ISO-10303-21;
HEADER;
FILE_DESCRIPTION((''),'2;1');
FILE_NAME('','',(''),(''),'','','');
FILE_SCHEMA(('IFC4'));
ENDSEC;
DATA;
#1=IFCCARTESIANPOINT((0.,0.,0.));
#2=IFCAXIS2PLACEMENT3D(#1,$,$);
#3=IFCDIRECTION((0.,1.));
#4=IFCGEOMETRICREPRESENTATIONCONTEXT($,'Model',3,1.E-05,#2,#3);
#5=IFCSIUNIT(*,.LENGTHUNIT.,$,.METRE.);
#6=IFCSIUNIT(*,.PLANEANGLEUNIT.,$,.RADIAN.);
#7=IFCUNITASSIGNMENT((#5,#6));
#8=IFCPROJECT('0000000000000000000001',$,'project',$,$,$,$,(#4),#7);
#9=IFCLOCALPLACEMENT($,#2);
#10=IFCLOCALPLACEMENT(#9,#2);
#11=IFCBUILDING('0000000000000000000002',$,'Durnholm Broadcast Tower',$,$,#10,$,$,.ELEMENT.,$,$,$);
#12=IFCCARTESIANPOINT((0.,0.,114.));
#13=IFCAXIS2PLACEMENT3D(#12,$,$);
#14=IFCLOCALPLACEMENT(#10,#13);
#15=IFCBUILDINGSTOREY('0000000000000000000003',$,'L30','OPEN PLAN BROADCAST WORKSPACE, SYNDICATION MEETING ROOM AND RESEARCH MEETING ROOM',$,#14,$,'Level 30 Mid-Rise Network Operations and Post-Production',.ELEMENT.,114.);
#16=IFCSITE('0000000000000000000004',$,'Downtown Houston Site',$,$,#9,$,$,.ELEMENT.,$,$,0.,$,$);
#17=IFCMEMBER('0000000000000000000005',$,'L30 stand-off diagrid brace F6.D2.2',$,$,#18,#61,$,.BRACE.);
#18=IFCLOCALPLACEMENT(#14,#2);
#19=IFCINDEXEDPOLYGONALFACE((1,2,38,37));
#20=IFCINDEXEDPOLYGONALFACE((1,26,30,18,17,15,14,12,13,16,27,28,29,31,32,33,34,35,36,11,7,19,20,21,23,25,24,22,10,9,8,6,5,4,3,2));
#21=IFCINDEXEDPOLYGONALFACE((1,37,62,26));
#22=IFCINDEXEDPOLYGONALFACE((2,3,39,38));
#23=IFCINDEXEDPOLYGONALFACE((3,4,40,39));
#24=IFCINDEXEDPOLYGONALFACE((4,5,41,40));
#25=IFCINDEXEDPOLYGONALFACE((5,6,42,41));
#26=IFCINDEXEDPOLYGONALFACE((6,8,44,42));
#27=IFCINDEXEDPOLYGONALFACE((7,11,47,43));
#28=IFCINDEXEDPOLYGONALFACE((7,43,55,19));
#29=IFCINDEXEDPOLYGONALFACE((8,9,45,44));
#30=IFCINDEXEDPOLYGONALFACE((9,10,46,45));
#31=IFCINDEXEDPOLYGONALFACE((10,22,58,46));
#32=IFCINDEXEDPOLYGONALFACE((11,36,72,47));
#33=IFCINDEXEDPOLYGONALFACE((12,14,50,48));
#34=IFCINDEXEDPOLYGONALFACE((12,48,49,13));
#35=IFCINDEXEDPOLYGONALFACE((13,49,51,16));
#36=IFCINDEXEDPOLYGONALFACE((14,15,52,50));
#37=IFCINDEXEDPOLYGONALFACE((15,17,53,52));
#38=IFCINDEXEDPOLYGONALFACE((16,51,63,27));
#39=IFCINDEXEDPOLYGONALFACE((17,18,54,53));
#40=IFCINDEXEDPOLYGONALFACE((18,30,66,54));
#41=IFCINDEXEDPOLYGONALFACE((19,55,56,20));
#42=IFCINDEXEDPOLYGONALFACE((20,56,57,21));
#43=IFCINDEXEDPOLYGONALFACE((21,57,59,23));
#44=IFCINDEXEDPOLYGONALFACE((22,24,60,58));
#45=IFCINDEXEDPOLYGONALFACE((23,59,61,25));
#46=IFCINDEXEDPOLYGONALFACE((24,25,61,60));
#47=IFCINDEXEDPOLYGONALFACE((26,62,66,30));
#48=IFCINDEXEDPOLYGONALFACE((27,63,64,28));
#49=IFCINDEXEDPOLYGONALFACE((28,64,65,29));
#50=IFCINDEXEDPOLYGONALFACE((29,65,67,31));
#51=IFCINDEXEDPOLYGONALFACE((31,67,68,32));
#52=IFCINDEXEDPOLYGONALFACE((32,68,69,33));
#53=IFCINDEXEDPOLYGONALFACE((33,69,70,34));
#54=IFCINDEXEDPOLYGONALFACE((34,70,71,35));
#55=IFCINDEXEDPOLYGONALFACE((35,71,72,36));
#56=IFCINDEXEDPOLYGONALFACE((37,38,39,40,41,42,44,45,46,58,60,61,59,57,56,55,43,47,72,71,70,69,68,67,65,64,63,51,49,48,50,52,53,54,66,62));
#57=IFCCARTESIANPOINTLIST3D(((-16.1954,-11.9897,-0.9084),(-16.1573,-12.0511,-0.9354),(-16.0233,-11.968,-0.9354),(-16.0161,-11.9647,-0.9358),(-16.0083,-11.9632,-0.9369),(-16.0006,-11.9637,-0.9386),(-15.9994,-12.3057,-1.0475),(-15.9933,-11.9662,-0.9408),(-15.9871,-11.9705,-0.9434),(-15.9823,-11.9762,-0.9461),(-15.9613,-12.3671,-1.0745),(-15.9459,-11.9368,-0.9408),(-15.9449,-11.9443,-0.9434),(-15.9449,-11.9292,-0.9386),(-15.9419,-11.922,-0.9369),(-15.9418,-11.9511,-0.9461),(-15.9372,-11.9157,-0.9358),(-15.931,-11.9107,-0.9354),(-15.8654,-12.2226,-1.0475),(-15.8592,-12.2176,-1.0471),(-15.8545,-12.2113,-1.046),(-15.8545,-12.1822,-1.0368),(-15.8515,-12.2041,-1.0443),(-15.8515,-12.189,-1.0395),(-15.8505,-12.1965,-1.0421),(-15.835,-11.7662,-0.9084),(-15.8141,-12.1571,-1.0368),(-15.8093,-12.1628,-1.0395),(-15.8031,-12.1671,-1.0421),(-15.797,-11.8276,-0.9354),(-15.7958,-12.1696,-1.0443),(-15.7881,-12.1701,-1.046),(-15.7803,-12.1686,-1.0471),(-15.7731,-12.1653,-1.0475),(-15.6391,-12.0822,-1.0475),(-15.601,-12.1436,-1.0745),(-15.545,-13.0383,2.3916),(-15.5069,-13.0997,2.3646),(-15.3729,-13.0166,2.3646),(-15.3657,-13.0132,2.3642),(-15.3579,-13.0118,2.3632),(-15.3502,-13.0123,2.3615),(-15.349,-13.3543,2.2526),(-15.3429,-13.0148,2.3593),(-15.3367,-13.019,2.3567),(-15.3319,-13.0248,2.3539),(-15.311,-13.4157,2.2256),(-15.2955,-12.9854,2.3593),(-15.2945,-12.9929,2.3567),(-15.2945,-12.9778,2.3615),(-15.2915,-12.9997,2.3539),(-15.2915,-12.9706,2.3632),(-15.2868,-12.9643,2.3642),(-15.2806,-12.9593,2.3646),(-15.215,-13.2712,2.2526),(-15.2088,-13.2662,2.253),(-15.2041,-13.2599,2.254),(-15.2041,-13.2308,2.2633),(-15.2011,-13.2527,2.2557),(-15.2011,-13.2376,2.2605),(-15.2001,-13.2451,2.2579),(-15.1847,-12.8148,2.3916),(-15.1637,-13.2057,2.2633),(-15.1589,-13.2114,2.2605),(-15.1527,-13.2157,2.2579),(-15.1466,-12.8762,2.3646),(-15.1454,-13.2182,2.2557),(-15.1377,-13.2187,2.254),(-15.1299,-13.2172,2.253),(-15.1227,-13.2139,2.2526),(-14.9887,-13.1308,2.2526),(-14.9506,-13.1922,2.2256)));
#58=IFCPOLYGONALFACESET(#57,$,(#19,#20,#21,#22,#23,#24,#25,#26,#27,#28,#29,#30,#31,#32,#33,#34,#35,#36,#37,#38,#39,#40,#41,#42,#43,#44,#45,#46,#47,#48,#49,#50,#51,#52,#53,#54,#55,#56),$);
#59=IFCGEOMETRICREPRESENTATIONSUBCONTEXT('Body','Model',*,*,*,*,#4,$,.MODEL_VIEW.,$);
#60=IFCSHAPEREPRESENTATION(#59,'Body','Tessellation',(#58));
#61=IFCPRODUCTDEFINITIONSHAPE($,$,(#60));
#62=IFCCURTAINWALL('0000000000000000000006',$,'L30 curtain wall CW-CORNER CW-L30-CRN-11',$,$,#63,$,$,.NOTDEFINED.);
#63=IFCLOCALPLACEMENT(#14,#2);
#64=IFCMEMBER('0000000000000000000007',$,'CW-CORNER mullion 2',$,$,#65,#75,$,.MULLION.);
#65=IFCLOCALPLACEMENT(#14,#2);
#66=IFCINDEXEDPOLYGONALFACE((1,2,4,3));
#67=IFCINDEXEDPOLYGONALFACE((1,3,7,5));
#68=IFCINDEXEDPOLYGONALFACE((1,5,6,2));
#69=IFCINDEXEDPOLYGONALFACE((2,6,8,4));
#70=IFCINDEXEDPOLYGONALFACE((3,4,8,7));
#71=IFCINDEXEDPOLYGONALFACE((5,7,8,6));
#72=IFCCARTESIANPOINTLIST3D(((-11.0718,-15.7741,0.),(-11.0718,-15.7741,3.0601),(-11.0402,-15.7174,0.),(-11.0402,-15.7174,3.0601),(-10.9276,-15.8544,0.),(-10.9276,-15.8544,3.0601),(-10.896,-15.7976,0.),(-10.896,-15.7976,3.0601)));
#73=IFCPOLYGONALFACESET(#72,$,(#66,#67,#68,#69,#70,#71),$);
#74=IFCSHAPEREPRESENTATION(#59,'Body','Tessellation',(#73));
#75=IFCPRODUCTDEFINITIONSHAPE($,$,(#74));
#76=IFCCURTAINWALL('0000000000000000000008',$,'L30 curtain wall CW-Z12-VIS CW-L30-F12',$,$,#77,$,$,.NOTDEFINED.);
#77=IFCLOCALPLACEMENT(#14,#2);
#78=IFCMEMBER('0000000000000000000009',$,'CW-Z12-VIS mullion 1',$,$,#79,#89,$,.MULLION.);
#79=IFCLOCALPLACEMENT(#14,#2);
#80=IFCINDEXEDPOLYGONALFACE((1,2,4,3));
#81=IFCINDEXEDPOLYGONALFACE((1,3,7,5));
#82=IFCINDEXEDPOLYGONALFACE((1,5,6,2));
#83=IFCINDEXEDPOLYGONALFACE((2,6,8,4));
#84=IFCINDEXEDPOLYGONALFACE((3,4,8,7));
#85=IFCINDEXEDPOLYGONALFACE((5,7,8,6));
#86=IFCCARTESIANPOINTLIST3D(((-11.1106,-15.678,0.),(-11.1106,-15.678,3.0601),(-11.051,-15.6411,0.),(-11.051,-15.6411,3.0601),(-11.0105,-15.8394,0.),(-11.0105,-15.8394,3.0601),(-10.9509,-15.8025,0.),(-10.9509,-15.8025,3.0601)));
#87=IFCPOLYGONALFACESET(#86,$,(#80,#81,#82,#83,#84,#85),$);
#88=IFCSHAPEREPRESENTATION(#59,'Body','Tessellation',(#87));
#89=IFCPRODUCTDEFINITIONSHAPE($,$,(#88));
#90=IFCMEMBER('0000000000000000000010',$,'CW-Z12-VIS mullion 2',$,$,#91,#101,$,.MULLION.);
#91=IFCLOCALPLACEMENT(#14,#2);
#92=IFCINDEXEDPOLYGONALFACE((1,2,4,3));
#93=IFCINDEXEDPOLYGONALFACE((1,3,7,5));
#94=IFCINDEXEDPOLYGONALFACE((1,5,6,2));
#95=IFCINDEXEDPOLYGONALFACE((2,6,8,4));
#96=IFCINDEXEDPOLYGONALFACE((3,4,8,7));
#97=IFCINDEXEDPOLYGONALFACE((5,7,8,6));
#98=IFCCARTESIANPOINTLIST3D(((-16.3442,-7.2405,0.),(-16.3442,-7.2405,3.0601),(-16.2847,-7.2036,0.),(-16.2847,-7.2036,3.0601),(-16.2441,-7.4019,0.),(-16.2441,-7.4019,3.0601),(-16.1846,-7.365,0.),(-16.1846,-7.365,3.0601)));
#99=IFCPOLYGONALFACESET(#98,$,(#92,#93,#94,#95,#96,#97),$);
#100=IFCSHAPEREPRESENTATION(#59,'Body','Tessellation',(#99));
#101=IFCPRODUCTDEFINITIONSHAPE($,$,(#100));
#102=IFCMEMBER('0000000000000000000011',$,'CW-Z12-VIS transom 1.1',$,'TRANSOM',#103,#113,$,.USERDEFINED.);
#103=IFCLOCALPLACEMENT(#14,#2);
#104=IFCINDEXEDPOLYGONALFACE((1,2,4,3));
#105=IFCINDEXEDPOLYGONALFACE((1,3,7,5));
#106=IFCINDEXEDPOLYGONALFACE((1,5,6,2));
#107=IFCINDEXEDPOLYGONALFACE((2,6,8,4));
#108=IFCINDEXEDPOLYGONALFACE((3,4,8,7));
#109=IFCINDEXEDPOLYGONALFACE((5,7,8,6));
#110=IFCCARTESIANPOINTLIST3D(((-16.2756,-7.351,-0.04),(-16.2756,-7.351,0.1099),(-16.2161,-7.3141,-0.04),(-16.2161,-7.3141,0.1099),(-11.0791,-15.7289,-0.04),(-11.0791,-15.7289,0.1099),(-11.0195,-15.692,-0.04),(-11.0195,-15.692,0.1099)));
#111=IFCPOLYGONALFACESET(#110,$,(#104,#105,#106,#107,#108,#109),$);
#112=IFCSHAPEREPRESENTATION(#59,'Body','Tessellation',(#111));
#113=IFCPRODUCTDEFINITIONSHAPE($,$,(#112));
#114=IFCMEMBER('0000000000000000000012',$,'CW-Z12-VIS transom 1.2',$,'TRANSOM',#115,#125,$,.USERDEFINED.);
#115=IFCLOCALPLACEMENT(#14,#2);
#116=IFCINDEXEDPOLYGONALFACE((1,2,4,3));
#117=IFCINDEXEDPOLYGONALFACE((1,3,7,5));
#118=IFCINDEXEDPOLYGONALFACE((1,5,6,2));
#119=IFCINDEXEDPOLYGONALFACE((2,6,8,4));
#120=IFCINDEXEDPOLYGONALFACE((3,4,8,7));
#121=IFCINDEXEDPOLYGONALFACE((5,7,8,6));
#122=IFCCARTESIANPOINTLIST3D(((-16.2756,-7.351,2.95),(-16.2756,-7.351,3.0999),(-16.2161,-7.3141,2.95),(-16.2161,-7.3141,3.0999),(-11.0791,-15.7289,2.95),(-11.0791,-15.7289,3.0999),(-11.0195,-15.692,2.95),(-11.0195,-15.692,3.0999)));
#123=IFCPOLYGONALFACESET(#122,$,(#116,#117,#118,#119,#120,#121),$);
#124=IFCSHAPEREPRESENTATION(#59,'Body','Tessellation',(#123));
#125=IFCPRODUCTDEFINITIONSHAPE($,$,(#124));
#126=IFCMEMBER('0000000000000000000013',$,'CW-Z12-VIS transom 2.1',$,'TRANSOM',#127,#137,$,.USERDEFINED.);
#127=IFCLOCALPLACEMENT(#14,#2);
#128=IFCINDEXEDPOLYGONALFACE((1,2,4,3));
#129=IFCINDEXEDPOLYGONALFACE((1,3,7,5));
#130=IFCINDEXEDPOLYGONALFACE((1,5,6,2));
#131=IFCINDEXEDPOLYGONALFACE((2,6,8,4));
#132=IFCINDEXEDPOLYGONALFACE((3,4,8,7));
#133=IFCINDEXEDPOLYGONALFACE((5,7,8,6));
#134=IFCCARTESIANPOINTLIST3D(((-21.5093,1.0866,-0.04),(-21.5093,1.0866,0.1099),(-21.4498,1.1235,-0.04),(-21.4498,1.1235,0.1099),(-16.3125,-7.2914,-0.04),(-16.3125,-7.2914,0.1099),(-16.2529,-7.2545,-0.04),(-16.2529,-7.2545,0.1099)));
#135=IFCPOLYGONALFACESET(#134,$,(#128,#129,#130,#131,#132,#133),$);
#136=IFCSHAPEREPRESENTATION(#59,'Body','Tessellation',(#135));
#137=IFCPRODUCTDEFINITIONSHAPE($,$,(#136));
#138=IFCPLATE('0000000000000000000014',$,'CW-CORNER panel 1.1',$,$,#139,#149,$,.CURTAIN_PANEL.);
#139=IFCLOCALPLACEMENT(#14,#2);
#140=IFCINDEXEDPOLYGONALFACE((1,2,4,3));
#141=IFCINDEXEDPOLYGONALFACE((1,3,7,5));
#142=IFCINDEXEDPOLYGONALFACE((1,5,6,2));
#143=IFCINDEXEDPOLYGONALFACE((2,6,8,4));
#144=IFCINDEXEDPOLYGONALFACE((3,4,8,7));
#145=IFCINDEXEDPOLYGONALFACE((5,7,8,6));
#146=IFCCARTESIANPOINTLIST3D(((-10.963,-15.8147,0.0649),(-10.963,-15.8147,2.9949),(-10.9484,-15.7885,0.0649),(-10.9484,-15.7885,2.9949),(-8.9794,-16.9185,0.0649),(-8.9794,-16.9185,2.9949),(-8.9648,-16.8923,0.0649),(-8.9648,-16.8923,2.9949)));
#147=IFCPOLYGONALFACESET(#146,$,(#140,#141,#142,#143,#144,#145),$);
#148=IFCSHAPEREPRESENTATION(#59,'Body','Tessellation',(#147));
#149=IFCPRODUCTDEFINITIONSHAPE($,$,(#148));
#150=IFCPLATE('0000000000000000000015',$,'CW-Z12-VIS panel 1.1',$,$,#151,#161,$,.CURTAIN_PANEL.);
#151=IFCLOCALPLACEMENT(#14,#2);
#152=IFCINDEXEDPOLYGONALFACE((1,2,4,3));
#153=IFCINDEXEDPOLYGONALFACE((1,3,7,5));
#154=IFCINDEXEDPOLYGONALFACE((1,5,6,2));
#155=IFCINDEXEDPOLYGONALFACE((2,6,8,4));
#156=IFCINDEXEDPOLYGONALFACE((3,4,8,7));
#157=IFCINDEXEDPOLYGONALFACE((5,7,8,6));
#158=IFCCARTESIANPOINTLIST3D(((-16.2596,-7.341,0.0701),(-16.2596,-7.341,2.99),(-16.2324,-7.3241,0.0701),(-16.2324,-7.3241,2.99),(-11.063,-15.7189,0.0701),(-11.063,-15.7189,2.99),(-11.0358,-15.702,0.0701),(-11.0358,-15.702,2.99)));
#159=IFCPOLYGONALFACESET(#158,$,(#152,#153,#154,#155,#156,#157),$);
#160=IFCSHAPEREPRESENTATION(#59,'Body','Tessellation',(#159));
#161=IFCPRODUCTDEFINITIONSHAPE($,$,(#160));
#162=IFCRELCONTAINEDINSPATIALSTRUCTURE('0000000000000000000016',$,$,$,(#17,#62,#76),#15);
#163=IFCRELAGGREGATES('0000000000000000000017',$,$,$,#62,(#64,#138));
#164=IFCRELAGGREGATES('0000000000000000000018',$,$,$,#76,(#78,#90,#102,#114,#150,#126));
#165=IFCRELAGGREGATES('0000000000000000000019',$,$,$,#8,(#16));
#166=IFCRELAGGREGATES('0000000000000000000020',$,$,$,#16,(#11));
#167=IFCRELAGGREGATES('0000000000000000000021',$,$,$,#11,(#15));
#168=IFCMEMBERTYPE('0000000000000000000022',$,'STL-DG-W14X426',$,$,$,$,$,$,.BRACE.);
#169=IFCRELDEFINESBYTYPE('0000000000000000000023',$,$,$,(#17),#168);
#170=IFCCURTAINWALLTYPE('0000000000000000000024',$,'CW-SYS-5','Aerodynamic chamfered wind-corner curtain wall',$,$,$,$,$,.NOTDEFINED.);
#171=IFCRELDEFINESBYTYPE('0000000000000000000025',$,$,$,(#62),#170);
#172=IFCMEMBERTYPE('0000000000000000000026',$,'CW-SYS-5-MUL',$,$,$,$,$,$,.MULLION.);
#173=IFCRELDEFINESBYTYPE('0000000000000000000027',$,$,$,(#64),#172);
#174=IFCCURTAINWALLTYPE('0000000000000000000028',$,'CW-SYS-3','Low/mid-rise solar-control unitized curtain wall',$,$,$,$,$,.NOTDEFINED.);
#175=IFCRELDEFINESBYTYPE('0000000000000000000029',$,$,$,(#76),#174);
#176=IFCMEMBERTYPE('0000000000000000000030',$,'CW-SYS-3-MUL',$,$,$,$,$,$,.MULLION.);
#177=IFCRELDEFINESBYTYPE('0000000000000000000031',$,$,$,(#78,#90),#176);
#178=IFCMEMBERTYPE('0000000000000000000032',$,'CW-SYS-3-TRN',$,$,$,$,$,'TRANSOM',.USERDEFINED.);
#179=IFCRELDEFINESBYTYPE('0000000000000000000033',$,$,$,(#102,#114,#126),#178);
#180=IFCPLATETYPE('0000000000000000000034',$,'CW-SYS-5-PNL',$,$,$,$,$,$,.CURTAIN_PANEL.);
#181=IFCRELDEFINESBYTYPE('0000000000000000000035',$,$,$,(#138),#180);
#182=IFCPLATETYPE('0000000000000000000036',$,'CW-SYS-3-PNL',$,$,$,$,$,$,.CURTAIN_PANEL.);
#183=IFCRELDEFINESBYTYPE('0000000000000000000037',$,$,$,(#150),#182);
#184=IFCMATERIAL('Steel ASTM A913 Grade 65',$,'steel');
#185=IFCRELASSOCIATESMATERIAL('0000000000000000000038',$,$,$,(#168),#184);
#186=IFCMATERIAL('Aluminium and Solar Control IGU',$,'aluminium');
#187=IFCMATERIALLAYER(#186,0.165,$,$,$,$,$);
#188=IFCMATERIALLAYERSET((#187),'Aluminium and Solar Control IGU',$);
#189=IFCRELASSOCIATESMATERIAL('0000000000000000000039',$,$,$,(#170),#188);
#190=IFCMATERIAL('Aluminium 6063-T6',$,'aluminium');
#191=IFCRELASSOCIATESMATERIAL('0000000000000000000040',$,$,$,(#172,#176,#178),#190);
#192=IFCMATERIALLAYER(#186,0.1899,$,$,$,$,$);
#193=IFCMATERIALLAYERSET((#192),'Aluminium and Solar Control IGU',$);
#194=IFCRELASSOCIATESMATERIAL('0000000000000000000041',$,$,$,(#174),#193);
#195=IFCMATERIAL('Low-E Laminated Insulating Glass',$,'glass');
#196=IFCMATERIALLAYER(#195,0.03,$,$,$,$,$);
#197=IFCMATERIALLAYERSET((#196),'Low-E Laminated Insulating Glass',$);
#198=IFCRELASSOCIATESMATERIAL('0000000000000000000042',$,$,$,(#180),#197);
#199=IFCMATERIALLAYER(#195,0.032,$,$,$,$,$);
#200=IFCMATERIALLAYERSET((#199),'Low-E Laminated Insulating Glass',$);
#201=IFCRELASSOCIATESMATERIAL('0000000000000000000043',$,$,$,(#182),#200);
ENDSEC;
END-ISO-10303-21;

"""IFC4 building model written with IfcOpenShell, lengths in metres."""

from ifc_helpers import new_model, si_unit, direction, frame, origin, origin_2d, place, context, subcontext, project, spatial, rectangle, i_section, extrude, source, transform, mapped, material, layer, layer_set, material_profile, profile_set, type_object, type_shapes, element, aggregate, save


model = new_model("IFC4")

# Units and contexts
model_context = context("Model", 3, precision=1e-05, world=origin(), true_north=direction((0.0, 1.0)))
body_context = subcontext(model_context, "Body", "Model", "MODEL_VIEW")
ifc_project = project(units=[si_unit("LENGTHUNIT", "METRE"), si_unit("PLANEANGLEUNIT", "RADIAN")], contexts=[model_context])

# Site, building, storey
site_placement = place(None, origin())
site = spatial("IfcSite", under=ifc_project, at=site_placement, Name="Downtown Houston Site", CompositionType="ELEMENT", RefElevation=0.0)
building_placement = place(site_placement, origin())
building = spatial("IfcBuilding", under=site, at=building_placement, Name="Durnholm Broadcast Tower", CompositionType="ELEMENT")
storey_placement = place(building_placement, frame((0.0, 0.0, 114.0)))
storey = spatial("IfcBuildingStorey", under=building, at=storey_placement, Name="L30", Description="OPEN PLAN BROADCAST WORKSPACE, SYNDICATION MEETING ROOM AND RESEARCH MEETING ROOM", LongName="Level 30 Mid-Rise Network Operations and Post-Production", CompositionType="ELEMENT", Elevation=114.0)

# Member
ifc_material_1 = material(Name="Steel ASTM A913 Grade 65", Category="steel")
ifc_material_profile_1 = material_profile(ifc_material_1, i_section(OverallWidth=0.4241, OverallDepth=0.4741, WebThickness=0.0476, FlangeThickness=0.0771, FilletRadius=0.0305, at=origin_2d()), Name="W14X426")
ifc_profile_set_1 = profile_set([ifc_material_profile_1], Name="Steel ASTM A913 Grade 65")
member_type_1 = type_object("IfcMemberType", Name="STL-DG-W14X426", PredefinedType="BRACE", material=ifc_profile_set_1)
shared_shape_1 = source(origin(), body_context, "Body", "SweptSolid", [
    extrude(i_section(OverallWidth=0.4241, OverallDepth=0.4741, WebThickness=0.0476, FlangeThickness=0.0771, FilletRadius=0.0305, at=origin_2d()), origin(), (0.0, 0.0, 1.0), 3.5232),
])
type_shapes(member_type_1, [shared_shape_1])
for number, where, z_axis, x_axis, name in (
    (1, (-15.8982, -12.0667, -0.9915), (0.184603, -0.297624, 0.936665), (0.849805, 0.527097, 0.0), "L30 stand-off diagrid brace F6.D2.2"),
):
    element("IfcMember", number, at=place(storey_placement, frame(where, z_axis=z_axis, x_axis=x_axis)), inside=storey, type_object=member_type_1, Name=name, PredefinedType="BRACE", context=body_context, shape_type="MappedRepresentation", body=[
        mapped(shared_shape_1, transform((0.0, 0.0, 0.0), x_axis=(1.0, 0.0, 0.0), y_axis=(0.0, 1.0, 0.0), z_axis=(0.0, 0.0, 1.0), scale=1.0)),
    ])

# Curtain wall, member
ifc_material_2 = material(Name="Aluminium and Solar Control IGU", Category="aluminium")
ifc_layer_1 = layer(ifc_material_2, 0.165)
ifc_layer_set_1 = layer_set([ifc_layer_1], Name="Aluminium and Solar Control IGU")
curtain_wall_type_1 = type_object("IfcCurtainWallType", Name="CW-SYS-5", Description="Aerodynamic chamfered wind-corner curtain wall", PredefinedType="NOTDEFINED", material=ifc_layer_set_1)
curtain_wall_1_placement = place(storey_placement, origin())
curtain_wall_1 = element("IfcCurtainWall", 2, at=curtain_wall_1_placement, inside=storey, type_object=curtain_wall_type_1, Name="L30 curtain wall CW-CORNER CW-L30-CRN-11", PredefinedType="NOTDEFINED")
ifc_material_3 = material(Name="Aluminium 6063-T6", Category="aluminium")
ifc_material_profile_2 = material_profile(ifc_material_3, rectangle(XDim=0.0649, YDim=0.165, at=origin_2d()), Name="CWM65X165")
ifc_profile_set_2 = profile_set([ifc_material_profile_2], Name="Aluminium 6063-T6")
member_type_2 = type_object("IfcMemberType", Name="CW-SYS-5-MUL", PredefinedType="MULLION", material=ifc_profile_set_2)
shared_shape_2 = source(origin(), body_context, "Body", "SweptSolid", [
    extrude(rectangle(XDim=0.0649, YDim=0.165, at=origin_2d()), origin(), (0.0, 0.0, 1.0), 3.0601),
])
type_shapes(member_type_2, [shared_shape_2])
member_1_placement = place(storey_placement, frame((-10.9839, -15.7859, 0.0), z_axis=(0.0, 0.0, 1.0), x_axis=(-0.486244, -0.873823, 0.0)))
member_1 = element("IfcMember", 3, at=member_1_placement, type_object=member_type_2, Name="CW-CORNER mullion 2", PredefinedType="MULLION", context=body_context, shape_type="MappedRepresentation", body=[
    mapped(shared_shape_2, transform((0.0, 0.0, 0.0), x_axis=(1.0, 0.0, 0.0), y_axis=(0.0, 1.0, 0.0), z_axis=(0.0, 0.0, 1.0), scale=1.0)),
])

# Curtain wall, members
ifc_layer_2 = layer(ifc_material_2, 0.1899)
ifc_layer_set_2 = layer_set([ifc_layer_2], Name="Aluminium and Solar Control IGU")
curtain_wall_type_2 = type_object("IfcCurtainWallType", Name="CW-SYS-3", Description="Low/mid-rise solar-control unitized curtain wall", PredefinedType="NOTDEFINED", material=ifc_layer_set_2)
curtain_wall_2_placement = place(storey_placement, origin())
curtain_wall_2 = element("IfcCurtainWall", 4, at=curtain_wall_2_placement, inside=storey, type_object=curtain_wall_type_2, Name="L30 curtain wall CW-Z12-VIS CW-L30-F12", PredefinedType="NOTDEFINED")
ifc_material_profile_3 = material_profile(ifc_material_3, rectangle(XDim=0.0701, YDim=0.1899, at=origin_2d()), Name="CWM70X190")
ifc_profile_set_3 = profile_set([ifc_material_profile_3], Name="Aluminium 6063-T6")
member_type_3 = type_object("IfcMemberType", Name="CW-SYS-3-MUL", PredefinedType="MULLION", material=ifc_profile_set_3)
shared_shape_3 = source(origin(), body_context, "Body", "SweptSolid", [
    extrude(rectangle(XDim=0.0701, YDim=0.1899, at=origin_2d()), origin(), (0.0, 0.0, 1.0), 3.0601),
])
type_shapes(member_type_3, [shared_shape_3])
member_2_placement = place(storey_placement, frame((-11.0308, -15.7402, 0.0), z_axis=(0.0, 0.0, 1.0), x_axis=(-0.8498, -0.527105, 0.0)))
member_2 = element("IfcMember", 5, at=member_2_placement, type_object=member_type_3, Name="CW-Z12-VIS mullion 1", PredefinedType="MULLION", context=body_context, shape_type="MappedRepresentation", body=[
    mapped(shared_shape_3, transform((0.0, 0.0, 0.0), x_axis=(1.0, 0.0, 0.0), y_axis=(0.0, 1.0, 0.0), z_axis=(0.0, 0.0, 1.0), scale=1.0)),
])
member_3_placement = place(storey_placement, frame((-16.2644, -7.3027, 0.0), z_axis=(0.0, 0.0, 1.0), x_axis=(-0.8498, -0.527105, 0.0)))
member_3 = element("IfcMember", 6, at=member_3_placement, type_object=member_type_3, Name="CW-Z12-VIS mullion 2", PredefinedType="MULLION", context=body_context, shape_type="MappedRepresentation", body=[
    mapped(shared_shape_3, transform((0.0, 0.0, 0.0), x_axis=(1.0, 0.0, 0.0), y_axis=(0.0, 1.0, 0.0), z_axis=(0.0, 0.0, 1.0), scale=1.0)),
])
ifc_material_profile_4 = material_profile(ifc_material_3, rectangle(XDim=0.0701, YDim=0.1499, at=origin_2d()), Name="CWT70X150")
ifc_profile_set_4 = profile_set([ifc_material_profile_4], Name="Aluminium 6063-T6")
member_type_4 = type_object("IfcMemberType", Name="CW-SYS-3-TRN", ElementType="TRANSOM", PredefinedType="USERDEFINED", material=ifc_profile_set_4)
shared_shape_4 = source(origin(), body_context, "Body", "SweptSolid", [
    extrude(rectangle(XDim=0.0701, YDim=0.1499, at=origin_2d()), origin(), (0.0, 0.0, 1.0), 9.8586),
])
member_4_placement = place(storey_placement, frame((-11.0493, -15.7104, 0.0349), z_axis=(-0.527102, 0.849802, 0.0), x_axis=(-0.849802, -0.527102, 0.0)))
member_4 = element("IfcMember", 7, at=member_4_placement, type_object=member_type_4, Name="CW-Z12-VIS transom 1.1", ObjectType="TRANSOM", PredefinedType="USERDEFINED", context=body_context, shape_type="MappedRepresentation", body=[
    mapped(shared_shape_4, transform((0.0, 0.0, 0.0), x_axis=(1.0, 0.0, 0.0), y_axis=(0.0, 1.0, 0.0), z_axis=(0.0, 0.0, 1.0), scale=1.0)),
])
member_5_placement = place(storey_placement, frame((-11.0493, -15.7104, 3.0249), z_axis=(-0.527102, 0.849802, 0.0), x_axis=(-0.849802, -0.527102, 0.0)))
member_5 = element("IfcMember", 8, at=member_5_placement, type_object=member_type_4, Name="CW-Z12-VIS transom 1.2", ObjectType="TRANSOM", PredefinedType="USERDEFINED", context=body_context, shape_type="MappedRepresentation", body=[
    mapped(shared_shape_4, transform((0.0, 0.0, 0.0), x_axis=(1.0, 0.0, 0.0), y_axis=(0.0, 1.0, 0.0), z_axis=(0.0, 0.0, 1.0), scale=1.0)),
])
shared_shape_5 = source(origin(), body_context, "Body", "SweptSolid", [
    extrude(rectangle(XDim=0.0701, YDim=0.1499, at=origin_2d()), origin(), (0.0, 0.0, 1.0), 9.8589),
])
type_shapes(member_type_4, [shared_shape_4, shared_shape_5])
member_6_placement = place(storey_placement, frame((-16.2827, -7.2729, 0.0349), z_axis=(-0.52712, 0.849791, 0.0), x_axis=(-0.849791, -0.52712, 0.0)))
member_6 = element("IfcMember", 9, at=member_6_placement, type_object=member_type_4, Name="CW-Z12-VIS transom 2.1", ObjectType="TRANSOM", PredefinedType="USERDEFINED", context=body_context, shape_type="MappedRepresentation", body=[
    mapped(shared_shape_5, transform((0.0, 0.0, 0.0), x_axis=(1.0, 0.0, 0.0), y_axis=(0.0, 1.0, 0.0), z_axis=(0.0, 0.0, 1.0), scale=1.0)),
])

# Plates
ifc_material_4 = material(Name="Low-E Laminated Insulating Glass", Category="glass")
ifc_layer_3 = layer(ifc_material_4, 0.03)
ifc_layer_set_3 = layer_set([ifc_layer_3], Name="Low-E Laminated Insulating Glass")
plate_type_1 = type_object("IfcPlateType", Name="CW-SYS-5-PNL", PredefinedType="CURTAIN_PANEL", material=ifc_layer_set_3)
shared_shape_6 = source(origin(), body_context, "Body", "SweptSolid", [
    extrude(rectangle(XDim=2.27, YDim=0.03, at=origin_2d()), origin(), (0.0, 0.0, 1.0), 2.9299),
])
type_shapes(plate_type_1, [shared_shape_6])
plate_1_placement = place(storey_placement, frame((-9.9639, -16.3535, 0.0649), z_axis=(0.0, 0.0, 1.0), x_axis=(-0.873823, 0.486244, 0.0)))
plate_1 = element("IfcPlate", 10, at=plate_1_placement, type_object=plate_type_1, Name="CW-CORNER panel 1.1", PredefinedType="CURTAIN_PANEL", context=body_context, shape_type="MappedRepresentation", body=[
    mapped(shared_shape_6, transform((0.0, 0.0, 0.0), x_axis=(1.0, 0.0, 0.0), y_axis=(0.0, 1.0, 0.0), z_axis=(0.0, 0.0, 1.0), scale=1.0)),
])
aggregate(curtain_wall_1, [member_1, plate_1])
ifc_layer_4 = layer(ifc_material_4, 0.032)
ifc_layer_set_4 = layer_set([ifc_layer_4], Name="Low-E Laminated Insulating Glass")
plate_type_2 = type_object("IfcPlateType", Name="CW-SYS-3-PNL", PredefinedType="CURTAIN_PANEL", material=ifc_layer_set_4)
shared_shape_7 = source(origin(), body_context, "Body", "SweptSolid", [
    extrude(rectangle(XDim=9.8586, YDim=0.032, at=origin_2d()), origin(), (0.0, 0.0, 1.0), 2.9199),
])
type_shapes(plate_type_2, [shared_shape_7])
plate_2_placement = place(storey_placement, frame((-13.6477, -11.5215, 0.0701), z_axis=(0.0, 0.0, 1.0), x_axis=(-0.527105, 0.8498, 0.0)))
plate_2 = element("IfcPlate", 11, at=plate_2_placement, type_object=plate_type_2, Name="CW-Z12-VIS panel 1.1", PredefinedType="CURTAIN_PANEL", context=body_context, shape_type="MappedRepresentation", body=[
    mapped(shared_shape_7, transform((0.0, 0.0, 0.0), x_axis=(1.0, 0.0, 0.0), y_axis=(0.0, 1.0, 0.0), z_axis=(0.0, 0.0, 1.0), scale=1.0)),
])
aggregate(curtain_wall_2, [member_2, member_3, member_4, member_5, plate_2, member_6])

save(model, "model.ifc")
